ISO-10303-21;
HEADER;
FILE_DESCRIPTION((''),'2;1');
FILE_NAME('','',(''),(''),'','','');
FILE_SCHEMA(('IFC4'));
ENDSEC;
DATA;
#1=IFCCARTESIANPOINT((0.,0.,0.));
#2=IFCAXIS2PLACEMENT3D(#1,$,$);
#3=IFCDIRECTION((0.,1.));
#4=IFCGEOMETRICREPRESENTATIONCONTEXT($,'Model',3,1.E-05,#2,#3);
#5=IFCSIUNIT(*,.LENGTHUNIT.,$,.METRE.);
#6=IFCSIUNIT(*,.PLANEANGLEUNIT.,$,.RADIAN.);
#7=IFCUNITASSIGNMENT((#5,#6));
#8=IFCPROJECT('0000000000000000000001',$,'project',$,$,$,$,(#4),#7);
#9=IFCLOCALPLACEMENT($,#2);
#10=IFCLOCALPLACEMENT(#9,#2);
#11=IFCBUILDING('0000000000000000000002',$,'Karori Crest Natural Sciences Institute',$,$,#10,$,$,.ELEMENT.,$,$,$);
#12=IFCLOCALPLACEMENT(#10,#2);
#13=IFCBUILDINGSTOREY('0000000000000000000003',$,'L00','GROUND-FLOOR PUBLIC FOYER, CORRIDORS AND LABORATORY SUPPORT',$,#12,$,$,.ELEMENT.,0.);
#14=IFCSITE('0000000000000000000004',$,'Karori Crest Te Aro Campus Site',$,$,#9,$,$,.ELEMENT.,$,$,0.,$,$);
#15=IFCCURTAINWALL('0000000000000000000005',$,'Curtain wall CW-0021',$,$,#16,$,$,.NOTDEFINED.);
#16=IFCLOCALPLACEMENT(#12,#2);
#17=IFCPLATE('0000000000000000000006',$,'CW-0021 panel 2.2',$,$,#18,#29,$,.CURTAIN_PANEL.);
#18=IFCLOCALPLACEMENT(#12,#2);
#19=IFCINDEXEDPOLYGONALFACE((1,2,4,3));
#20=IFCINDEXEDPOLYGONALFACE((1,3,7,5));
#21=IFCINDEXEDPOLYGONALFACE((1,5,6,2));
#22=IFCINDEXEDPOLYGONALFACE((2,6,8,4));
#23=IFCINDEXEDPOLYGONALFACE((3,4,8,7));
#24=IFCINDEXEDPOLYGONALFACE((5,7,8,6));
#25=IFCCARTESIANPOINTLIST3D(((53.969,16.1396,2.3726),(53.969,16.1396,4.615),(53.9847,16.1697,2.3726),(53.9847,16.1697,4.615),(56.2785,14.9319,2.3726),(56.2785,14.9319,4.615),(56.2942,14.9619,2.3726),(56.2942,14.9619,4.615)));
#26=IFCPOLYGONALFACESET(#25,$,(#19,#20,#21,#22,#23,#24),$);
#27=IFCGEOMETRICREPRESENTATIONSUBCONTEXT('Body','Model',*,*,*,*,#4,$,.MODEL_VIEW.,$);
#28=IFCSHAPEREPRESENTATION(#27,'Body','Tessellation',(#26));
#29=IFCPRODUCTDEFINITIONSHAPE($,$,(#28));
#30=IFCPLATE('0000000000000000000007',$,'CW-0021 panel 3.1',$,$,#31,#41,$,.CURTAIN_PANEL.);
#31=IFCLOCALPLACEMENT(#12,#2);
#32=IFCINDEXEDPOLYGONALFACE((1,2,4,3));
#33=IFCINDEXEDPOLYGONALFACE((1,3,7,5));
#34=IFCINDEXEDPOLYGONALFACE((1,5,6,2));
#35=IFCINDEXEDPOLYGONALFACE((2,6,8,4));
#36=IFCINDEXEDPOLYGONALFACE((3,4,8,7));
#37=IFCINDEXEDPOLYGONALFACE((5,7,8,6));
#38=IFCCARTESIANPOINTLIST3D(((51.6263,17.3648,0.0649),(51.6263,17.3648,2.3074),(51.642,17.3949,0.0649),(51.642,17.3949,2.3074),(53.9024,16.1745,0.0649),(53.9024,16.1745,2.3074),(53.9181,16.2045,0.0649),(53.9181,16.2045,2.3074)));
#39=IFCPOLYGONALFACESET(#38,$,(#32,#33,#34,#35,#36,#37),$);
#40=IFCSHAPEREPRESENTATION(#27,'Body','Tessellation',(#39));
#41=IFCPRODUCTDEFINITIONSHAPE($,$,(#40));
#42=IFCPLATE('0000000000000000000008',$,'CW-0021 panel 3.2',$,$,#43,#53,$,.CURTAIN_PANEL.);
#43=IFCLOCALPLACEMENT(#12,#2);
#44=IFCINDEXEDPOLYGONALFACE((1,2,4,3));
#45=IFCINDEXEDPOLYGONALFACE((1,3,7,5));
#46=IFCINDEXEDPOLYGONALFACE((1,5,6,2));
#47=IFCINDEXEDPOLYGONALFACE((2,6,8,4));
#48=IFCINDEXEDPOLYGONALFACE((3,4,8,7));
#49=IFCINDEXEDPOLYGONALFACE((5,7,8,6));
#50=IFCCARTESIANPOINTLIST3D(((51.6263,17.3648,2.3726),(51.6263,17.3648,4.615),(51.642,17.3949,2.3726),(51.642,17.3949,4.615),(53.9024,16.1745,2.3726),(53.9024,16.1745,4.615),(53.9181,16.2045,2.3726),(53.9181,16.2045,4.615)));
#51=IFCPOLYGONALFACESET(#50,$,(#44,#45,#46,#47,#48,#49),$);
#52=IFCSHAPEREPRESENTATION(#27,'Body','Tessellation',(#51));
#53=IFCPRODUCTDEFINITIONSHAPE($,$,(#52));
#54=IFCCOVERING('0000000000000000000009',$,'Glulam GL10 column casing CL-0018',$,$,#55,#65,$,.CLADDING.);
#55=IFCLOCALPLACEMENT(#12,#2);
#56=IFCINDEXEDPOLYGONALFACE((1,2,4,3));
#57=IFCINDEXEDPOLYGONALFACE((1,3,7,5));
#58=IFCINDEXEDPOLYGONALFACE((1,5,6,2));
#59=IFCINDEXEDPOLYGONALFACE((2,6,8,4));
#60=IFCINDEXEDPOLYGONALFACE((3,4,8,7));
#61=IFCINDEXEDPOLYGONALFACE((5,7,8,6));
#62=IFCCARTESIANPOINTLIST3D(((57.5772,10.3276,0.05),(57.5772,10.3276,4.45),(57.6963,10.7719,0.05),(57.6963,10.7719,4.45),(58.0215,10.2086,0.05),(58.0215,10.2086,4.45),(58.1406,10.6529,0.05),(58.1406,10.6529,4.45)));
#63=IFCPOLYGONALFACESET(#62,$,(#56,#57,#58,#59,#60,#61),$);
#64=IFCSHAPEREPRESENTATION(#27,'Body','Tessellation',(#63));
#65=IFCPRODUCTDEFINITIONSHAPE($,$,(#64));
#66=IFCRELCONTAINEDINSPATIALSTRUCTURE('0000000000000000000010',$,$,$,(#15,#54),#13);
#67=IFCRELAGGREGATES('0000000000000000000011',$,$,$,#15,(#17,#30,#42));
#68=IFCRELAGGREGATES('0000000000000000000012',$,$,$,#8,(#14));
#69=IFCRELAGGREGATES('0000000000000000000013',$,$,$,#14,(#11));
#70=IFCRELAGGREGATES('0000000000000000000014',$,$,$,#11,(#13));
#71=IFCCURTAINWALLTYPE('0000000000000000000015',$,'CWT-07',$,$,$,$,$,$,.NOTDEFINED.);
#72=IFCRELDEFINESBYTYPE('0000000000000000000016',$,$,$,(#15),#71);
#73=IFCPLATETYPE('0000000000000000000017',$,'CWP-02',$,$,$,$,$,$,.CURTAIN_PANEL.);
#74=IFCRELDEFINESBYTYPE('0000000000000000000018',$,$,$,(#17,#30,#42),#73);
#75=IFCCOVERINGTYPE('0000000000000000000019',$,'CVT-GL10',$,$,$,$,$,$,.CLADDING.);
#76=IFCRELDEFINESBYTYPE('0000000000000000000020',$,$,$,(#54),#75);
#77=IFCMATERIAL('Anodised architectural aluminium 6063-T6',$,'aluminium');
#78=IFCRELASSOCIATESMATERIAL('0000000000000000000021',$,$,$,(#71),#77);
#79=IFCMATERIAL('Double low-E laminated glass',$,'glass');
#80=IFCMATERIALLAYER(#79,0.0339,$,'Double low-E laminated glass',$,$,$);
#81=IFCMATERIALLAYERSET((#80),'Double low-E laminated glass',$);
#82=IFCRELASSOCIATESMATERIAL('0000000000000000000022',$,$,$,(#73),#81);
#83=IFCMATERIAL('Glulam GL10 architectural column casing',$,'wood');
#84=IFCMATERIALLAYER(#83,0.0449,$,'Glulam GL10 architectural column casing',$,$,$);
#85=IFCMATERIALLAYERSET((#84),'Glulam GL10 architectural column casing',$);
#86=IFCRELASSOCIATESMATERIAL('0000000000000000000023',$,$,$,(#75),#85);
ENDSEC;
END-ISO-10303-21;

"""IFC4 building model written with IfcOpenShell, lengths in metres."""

from ifc_helpers import new_model, si_unit, direction, frame, origin, origin_2d, place, context, subcontext, project, spatial, rectangle, extrude, material, layer, layer_set, type_object, element, aggregate, save


model = new_model("IFC4")

# Units and contexts
model_context = context("Model", 3, precision=1e-05, world=origin(), true_north=direction((0.0, 1.0)))
body_context = subcontext(model_context, "Body", "Model", "MODEL_VIEW")
ifc_project = project(units=[si_unit("LENGTHUNIT", "METRE"), si_unit("PLANEANGLEUNIT", "RADIAN")], contexts=[model_context])

# Site, building, storey
site_placement = place(None, origin())
site = spatial("IfcSite", under=ifc_project, at=site_placement, Name="Karori Crest Te Aro Campus Site", CompositionType="ELEMENT", RefElevation=0.0)
building_placement = place(site_placement, origin())
building = spatial("IfcBuilding", under=site, at=building_placement, Name="Karori Crest Natural Sciences Institute", CompositionType="ELEMENT")
storey_placement = place(building_placement, origin())
storey = spatial("IfcBuildingStorey", under=building, at=storey_placement, Name="L00", Description="GROUND-FLOOR PUBLIC FOYER, CORRIDORS AND LABORATORY SUPPORT", CompositionType="ELEMENT", Elevation=0.0)

# Shared definitions
ifc_material_1 = material(Name="Anodised architectural aluminium 6063-T6", Category="aluminium")

# Curtain wall
curtain_wall_type_1 = type_object("IfcCurtainWallType", Name="CWT-07", PredefinedType="NOTDEFINED", material=ifc_material_1)
curtain_wall_1_placement = place(storey_placement, origin())
curtain_wall_1 = element("IfcCurtainWall", 1, at=curtain_wall_1_placement, inside=storey, type_object=curtain_wall_type_1, Name="Curtain wall CW-0021", PredefinedType="NOTDEFINED")

# Plates
ifc_material_2 = material(Name="Double low-E laminated glass", Category="glass")
ifc_layer_1 = layer(ifc_material_2, 0.0339, Name="Double low-E laminated glass")
ifc_layer_set_1 = layer_set([ifc_layer_1], Name="Double low-E laminated glass")
plate_type_1 = type_object("IfcPlateType", Name="CWP-02", PredefinedType="CURTAIN_PANEL", material=ifc_layer_set_1)
plate_1_placement = place(storey_placement, frame((55.1316, 15.5508, 2.3726), z_axis=(0.0, 0.0, 1.0), x_axis=(-0.886136, 0.463426, 0.0)))
plate_1 = element("IfcPlate", 2, at=plate_1_placement, type_object=plate_type_1, Name="CW-0021 panel 2.2", PredefinedType="CURTAIN_PANEL", context=body_context, shape_type="SweptSolid", body=[
    extrude(rectangle(XDim=2.6062, YDim=0.0339, at=origin_2d()), origin(), (0.0, 0.0, 1.0), 2.2424),
])
plate_2_placement = place(storey_placement, frame((52.7722, 16.7847, 0.0649), z_axis=(0.0, 0.0, 1.0), x_axis=(-0.886136, 0.463426, 0.0)))
plate_2 = element("IfcPlate", 3, at=plate_2_placement, type_object=plate_type_1, Name="CW-0021 panel 3.1", PredefinedType="CURTAIN_PANEL", context=body_context, shape_type="SweptSolid", body=[
    extrude(rectangle(XDim=2.5686, YDim=0.0339, at=origin_2d()), origin(), (0.0, 0.0, 1.0), 2.2424),
])
plate_3_placement = place(storey_placement, frame((52.7722, 16.7847, 2.3726), z_axis=(0.0, 0.0, 1.0), x_axis=(-0.886136, 0.463426, 0.0)))
plate_3 = element("IfcPlate", 4, at=plate_3_placement, type_object=plate_type_1, Name="CW-0021 panel 3.2", PredefinedType="CURTAIN_PANEL", context=body_context, shape_type="SweptSolid", body=[
    extrude(rectangle(XDim=2.5686, YDim=0.0339, at=origin_2d()), origin(), (0.0, 0.0, 1.0), 2.2424),
])
aggregate(curtain_wall_1, [plate_1, plate_2, plate_3])

# Covering
ifc_material_3 = material(Name="Glulam GL10 architectural column casing", Category="wood")
ifc_layer_2 = layer(ifc_material_3, 0.0449, Name="Glulam GL10 architectural column casing")
ifc_layer_set_2 = layer_set([ifc_layer_2], Name="Glulam GL10 architectural column casing")
covering_type = type_object("IfcCoveringType", Name="CVT-GL10", PredefinedType="CLADDING", material=ifc_layer_set_2)
covering_placement = place(storey_placement, frame((57.8589, 10.4902, 0.05), z_axis=(0.0, 0.0, 1.0), x_axis=(-0.258819, -0.965926, 0.0)))
element("IfcCovering", 5, at=covering_placement, inside=storey, type_object=covering_type, Name="Glulam GL10 column casing CL-0018", PredefinedType="CLADDING", context=body_context, shape_type="SweptSolid", body=[
    extrude(rectangle(XDim=0.46, YDim=0.46, at=origin_2d()), origin(), (0.0, 0.0, 1.0), 4.3999),
])

save(model, "model.ifc")
